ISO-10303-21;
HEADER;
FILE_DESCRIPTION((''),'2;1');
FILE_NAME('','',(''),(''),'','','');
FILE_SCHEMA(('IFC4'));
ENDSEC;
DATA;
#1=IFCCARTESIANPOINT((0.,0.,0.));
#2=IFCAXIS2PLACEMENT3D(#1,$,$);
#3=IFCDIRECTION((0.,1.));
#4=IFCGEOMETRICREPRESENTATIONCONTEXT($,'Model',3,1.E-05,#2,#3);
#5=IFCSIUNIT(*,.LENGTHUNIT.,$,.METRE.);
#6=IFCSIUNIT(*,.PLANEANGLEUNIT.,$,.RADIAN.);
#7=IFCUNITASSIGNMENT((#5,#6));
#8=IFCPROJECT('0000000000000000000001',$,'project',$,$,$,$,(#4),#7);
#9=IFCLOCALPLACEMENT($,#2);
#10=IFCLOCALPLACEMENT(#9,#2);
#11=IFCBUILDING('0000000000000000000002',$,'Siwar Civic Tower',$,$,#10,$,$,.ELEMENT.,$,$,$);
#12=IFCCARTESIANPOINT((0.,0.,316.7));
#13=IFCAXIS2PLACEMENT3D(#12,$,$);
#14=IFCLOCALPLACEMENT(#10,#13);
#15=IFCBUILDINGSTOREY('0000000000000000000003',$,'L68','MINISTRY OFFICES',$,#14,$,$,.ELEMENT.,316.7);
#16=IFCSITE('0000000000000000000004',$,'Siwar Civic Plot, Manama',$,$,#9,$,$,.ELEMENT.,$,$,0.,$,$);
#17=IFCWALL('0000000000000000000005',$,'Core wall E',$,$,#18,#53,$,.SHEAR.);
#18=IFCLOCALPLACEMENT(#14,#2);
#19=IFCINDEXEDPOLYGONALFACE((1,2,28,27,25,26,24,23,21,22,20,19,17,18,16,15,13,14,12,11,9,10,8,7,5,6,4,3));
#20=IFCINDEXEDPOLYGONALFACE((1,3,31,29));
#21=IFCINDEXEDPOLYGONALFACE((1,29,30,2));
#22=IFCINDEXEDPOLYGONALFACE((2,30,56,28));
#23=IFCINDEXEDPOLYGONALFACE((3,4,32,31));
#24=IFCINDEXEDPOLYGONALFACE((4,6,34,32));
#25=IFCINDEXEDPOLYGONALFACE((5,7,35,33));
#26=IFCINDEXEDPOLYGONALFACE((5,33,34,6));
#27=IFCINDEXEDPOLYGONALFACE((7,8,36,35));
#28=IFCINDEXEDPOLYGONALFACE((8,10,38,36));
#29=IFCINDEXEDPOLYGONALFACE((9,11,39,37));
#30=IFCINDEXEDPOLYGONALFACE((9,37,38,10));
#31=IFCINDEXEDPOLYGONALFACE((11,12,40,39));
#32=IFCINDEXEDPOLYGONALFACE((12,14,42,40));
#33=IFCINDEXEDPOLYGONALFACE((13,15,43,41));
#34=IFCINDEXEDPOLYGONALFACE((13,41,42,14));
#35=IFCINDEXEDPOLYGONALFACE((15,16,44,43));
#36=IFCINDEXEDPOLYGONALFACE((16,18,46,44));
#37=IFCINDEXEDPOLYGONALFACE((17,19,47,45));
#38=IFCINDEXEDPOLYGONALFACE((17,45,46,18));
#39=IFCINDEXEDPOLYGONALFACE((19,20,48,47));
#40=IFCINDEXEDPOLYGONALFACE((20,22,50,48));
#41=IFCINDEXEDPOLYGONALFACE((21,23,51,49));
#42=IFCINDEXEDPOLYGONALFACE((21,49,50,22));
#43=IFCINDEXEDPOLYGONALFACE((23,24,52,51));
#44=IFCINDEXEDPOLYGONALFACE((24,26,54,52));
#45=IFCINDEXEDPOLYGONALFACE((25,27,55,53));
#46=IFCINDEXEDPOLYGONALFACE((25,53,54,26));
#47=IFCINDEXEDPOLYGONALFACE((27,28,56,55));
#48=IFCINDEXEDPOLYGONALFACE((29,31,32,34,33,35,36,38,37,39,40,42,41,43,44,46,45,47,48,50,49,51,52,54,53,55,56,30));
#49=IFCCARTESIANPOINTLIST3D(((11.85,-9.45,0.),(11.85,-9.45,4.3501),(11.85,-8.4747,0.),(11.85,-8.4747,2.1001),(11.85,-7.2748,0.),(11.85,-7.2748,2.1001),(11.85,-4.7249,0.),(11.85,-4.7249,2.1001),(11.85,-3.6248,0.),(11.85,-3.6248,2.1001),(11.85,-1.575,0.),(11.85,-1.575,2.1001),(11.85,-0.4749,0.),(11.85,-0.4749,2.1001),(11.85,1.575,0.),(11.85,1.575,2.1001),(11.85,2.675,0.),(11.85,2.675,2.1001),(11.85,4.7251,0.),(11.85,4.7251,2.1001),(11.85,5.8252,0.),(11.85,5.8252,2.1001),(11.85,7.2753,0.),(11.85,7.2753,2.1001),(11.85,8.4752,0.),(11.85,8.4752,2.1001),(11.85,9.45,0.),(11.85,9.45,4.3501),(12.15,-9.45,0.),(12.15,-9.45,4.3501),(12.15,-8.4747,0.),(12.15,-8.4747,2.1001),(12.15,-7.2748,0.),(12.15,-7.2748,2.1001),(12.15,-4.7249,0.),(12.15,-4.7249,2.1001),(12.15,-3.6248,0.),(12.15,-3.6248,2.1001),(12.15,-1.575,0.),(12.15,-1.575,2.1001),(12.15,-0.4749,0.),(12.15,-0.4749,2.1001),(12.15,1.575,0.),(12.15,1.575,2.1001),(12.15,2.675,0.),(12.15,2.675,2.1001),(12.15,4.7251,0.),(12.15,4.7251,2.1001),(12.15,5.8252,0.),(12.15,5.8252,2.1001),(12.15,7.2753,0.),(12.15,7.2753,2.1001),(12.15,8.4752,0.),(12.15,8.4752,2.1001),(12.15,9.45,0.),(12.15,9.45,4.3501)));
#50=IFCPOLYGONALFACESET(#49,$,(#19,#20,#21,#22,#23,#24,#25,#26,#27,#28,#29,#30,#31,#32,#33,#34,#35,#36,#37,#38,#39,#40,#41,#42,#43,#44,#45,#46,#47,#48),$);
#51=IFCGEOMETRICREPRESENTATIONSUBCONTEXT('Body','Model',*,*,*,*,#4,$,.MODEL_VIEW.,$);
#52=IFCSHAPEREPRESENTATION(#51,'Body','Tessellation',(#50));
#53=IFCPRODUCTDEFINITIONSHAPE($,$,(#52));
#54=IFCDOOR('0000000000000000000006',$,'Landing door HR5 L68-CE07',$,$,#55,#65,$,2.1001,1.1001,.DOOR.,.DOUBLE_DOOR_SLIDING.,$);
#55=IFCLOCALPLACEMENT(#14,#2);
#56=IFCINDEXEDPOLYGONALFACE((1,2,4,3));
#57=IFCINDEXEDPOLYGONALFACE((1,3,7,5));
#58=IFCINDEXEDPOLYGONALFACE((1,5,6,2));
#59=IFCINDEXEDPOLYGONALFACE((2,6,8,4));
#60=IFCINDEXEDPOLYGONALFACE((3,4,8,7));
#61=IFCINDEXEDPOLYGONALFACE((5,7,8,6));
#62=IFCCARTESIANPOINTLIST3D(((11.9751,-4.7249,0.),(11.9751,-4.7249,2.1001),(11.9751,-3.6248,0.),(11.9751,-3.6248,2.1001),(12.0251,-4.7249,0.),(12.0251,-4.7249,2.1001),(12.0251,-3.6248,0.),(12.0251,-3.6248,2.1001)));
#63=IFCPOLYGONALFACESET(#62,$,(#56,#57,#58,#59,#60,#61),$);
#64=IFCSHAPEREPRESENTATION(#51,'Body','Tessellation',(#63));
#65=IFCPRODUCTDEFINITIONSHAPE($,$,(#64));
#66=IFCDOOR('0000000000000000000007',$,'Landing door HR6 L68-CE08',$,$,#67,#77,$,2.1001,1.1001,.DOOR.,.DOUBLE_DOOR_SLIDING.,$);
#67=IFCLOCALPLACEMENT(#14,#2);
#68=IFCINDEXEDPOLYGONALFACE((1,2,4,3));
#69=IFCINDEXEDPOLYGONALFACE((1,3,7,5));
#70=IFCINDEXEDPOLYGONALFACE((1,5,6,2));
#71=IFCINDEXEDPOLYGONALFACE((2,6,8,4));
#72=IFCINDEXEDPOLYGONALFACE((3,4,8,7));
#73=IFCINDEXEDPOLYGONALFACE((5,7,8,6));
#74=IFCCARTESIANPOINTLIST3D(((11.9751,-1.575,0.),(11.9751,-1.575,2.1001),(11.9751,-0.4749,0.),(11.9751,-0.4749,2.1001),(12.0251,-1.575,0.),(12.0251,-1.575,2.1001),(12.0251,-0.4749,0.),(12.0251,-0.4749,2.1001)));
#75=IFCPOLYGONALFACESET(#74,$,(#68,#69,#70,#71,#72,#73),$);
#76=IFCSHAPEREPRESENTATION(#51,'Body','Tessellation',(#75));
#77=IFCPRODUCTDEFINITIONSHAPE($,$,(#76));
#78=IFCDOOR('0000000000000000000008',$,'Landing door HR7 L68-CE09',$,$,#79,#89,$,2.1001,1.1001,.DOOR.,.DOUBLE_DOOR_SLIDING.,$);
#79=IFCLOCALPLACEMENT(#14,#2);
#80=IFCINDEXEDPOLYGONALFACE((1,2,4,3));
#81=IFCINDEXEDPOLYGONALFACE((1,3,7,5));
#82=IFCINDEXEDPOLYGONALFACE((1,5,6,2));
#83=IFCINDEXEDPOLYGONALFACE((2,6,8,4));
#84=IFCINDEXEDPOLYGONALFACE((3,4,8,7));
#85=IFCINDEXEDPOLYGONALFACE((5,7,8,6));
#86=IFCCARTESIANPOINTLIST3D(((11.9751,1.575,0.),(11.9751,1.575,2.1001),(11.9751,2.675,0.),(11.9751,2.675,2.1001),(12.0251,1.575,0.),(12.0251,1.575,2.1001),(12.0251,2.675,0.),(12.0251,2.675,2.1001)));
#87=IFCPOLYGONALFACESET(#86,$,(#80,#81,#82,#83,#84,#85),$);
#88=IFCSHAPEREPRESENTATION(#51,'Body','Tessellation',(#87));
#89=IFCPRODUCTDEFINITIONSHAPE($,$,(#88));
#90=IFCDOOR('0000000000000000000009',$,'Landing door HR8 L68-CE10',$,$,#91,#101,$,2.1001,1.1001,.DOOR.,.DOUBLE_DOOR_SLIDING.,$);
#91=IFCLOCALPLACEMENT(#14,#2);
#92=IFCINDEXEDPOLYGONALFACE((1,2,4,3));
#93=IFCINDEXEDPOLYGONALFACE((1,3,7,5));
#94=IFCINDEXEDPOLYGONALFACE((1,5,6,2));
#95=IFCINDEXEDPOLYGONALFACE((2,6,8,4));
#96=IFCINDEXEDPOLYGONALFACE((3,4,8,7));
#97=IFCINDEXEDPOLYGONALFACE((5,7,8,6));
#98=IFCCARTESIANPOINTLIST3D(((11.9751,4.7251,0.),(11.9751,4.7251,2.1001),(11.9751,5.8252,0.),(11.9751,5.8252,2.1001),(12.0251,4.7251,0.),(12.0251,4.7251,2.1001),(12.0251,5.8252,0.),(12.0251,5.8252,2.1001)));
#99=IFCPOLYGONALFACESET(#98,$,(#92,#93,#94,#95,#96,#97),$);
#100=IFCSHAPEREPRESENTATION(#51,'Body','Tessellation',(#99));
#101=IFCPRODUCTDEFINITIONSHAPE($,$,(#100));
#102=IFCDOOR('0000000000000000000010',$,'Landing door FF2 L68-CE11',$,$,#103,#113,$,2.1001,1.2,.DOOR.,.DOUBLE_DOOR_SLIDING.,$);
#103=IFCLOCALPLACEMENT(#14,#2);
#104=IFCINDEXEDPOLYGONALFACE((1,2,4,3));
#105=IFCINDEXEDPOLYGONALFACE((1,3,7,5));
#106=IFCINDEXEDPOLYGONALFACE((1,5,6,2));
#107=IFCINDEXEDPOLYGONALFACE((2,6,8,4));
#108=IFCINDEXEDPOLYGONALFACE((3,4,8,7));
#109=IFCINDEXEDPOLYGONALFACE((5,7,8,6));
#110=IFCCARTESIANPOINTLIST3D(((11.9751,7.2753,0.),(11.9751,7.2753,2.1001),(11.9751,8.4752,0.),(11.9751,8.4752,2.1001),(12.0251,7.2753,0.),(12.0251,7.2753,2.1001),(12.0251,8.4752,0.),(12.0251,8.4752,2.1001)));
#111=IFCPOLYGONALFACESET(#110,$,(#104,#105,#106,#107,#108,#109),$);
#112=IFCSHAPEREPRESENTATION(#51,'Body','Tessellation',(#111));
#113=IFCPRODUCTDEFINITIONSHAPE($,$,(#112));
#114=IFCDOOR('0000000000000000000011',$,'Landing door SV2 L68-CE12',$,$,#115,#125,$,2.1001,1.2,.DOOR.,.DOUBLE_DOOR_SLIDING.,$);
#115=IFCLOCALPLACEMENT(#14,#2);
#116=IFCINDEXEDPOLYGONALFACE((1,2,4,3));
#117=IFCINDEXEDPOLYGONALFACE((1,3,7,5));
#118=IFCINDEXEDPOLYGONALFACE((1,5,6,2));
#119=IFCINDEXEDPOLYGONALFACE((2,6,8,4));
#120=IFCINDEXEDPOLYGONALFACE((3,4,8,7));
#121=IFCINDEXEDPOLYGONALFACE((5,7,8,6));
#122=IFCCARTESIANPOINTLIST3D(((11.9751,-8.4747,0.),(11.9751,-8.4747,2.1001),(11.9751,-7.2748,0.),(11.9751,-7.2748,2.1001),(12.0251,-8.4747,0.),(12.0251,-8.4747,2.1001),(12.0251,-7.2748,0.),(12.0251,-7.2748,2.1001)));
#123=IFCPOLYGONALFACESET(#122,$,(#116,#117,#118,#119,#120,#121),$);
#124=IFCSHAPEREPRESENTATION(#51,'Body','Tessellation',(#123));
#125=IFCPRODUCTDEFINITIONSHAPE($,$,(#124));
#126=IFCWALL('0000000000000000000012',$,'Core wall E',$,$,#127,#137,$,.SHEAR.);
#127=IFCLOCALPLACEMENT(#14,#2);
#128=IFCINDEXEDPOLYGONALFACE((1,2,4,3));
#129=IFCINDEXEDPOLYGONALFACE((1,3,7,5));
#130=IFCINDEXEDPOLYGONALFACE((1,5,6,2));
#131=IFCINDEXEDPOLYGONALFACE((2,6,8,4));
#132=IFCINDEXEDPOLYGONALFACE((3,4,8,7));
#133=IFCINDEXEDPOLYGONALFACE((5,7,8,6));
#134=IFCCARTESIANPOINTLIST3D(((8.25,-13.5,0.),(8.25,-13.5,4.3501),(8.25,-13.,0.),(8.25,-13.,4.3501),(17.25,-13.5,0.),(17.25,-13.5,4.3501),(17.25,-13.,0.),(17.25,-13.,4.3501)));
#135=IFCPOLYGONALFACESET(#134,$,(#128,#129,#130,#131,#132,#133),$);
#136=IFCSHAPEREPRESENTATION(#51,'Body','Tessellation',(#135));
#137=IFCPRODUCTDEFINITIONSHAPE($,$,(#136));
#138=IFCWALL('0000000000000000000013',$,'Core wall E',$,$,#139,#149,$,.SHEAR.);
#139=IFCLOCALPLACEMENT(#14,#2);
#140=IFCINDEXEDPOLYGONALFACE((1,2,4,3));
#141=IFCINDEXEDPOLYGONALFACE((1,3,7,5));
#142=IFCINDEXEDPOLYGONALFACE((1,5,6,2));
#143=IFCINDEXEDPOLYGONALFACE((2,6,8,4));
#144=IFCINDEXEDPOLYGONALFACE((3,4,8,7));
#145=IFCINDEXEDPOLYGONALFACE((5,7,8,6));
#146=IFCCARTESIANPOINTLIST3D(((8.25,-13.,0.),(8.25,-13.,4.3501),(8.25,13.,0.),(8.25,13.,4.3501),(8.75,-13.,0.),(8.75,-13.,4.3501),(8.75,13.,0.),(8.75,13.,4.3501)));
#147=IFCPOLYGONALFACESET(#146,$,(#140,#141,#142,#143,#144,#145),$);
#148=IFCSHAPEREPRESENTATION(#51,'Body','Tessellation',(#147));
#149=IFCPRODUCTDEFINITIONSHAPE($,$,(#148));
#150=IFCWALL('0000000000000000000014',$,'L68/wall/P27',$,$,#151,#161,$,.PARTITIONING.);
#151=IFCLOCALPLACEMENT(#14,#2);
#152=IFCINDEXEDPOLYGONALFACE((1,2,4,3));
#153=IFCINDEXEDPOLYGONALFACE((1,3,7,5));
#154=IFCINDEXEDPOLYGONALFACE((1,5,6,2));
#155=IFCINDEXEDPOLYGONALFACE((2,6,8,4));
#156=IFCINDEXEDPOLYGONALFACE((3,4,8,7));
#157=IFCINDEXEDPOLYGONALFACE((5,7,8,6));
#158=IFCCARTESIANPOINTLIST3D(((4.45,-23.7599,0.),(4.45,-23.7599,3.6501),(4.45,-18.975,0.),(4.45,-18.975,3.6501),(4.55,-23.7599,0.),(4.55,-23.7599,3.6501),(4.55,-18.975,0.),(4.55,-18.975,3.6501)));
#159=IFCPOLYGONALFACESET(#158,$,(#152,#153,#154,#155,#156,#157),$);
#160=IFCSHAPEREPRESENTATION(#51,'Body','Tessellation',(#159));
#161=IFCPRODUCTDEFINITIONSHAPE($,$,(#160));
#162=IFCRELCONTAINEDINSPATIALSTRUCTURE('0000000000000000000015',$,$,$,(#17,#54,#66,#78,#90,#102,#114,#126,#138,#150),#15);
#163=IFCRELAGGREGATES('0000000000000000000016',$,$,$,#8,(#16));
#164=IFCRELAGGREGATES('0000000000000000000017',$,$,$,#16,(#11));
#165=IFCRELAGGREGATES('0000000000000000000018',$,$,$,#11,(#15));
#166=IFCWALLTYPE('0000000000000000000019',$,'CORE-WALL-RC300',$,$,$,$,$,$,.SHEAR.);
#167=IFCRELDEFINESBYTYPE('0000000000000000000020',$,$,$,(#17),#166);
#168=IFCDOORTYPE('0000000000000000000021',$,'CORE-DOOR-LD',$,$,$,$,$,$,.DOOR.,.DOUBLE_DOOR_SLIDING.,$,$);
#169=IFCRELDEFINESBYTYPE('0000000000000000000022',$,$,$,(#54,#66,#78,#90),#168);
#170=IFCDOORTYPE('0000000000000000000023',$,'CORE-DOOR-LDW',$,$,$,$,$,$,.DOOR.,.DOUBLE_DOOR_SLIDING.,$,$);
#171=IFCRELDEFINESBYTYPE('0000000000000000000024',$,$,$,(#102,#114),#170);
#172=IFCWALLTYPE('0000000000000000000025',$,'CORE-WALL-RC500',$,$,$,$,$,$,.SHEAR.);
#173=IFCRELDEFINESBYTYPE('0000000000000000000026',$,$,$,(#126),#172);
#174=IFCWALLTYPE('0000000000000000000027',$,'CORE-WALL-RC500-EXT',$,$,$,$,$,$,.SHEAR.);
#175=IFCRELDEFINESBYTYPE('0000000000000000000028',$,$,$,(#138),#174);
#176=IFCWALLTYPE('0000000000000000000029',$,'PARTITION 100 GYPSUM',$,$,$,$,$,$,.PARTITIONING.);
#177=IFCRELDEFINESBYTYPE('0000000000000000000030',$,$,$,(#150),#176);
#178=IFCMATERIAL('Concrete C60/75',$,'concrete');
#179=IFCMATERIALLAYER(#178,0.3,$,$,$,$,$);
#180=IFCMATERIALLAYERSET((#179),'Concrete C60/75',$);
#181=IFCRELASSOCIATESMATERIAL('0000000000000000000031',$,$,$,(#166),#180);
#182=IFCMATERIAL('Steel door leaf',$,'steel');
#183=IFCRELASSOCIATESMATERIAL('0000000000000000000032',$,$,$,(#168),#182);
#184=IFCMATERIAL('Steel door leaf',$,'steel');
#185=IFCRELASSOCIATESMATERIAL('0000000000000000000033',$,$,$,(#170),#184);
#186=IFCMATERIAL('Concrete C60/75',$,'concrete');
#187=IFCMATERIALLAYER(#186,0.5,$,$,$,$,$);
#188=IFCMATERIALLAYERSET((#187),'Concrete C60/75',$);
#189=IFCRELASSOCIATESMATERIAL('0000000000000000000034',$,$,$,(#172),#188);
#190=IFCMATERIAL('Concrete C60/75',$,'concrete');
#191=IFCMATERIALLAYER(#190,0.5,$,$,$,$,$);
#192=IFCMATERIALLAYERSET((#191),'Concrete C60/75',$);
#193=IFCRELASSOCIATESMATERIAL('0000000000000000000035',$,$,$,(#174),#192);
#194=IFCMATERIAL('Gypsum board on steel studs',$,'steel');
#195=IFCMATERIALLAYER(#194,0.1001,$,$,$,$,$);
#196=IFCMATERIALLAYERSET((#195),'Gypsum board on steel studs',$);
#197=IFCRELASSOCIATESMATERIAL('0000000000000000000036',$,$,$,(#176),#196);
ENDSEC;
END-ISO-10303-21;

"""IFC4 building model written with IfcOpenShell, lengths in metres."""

from ifc_helpers import new_model, si_unit, direction, frame, frame_2d, origin, place, context, subcontext, project, spatial, rectangle, extrude, material, layer, layer_set, type_object, element, fill, save


model = new_model("IFC4")

# Units and contexts
model_context = context("Model", 3, precision=1e-05, world=origin(), true_north=direction((0.0, 1.0)))
body_context = subcontext(model_context, "Body", "Model", "MODEL_VIEW")
ifc_project = project(units=[si_unit("LENGTHUNIT", "METRE"), si_unit("PLANEANGLEUNIT", "RADIAN")], contexts=[model_context])

# Site, building, storey
site_placement = place(None, origin())
site = spatial("IfcSite", under=ifc_project, at=site_placement, Name="Siwar Civic Plot, Manama", CompositionType="ELEMENT", RefElevation=0.0)
building_placement = place(site_placement, origin())
building = spatial("IfcBuilding", under=site, at=building_placement, Name="Siwar Civic Tower", CompositionType="ELEMENT")
storey_placement = place(building_placement, frame((0.0, 0.0, 316.7)))
storey = spatial("IfcBuildingStorey", under=building, at=storey_placement, Name="L68", Description="MINISTRY OFFICES", CompositionType="ELEMENT", Elevation=316.7)

# Wall, openings, doors
ifc_material_1 = material(Name="Concrete C60/75", Category="concrete")
ifc_layer_1 = layer(ifc_material_1, 0.3)
ifc_layer_set_1 = layer_set([ifc_layer_1], Name="Concrete C60/75")
wall_type_1 = type_object("IfcWallType", Name="CORE-WALL-RC300", PredefinedType="SHEAR", material=ifc_layer_set_1)
wall_1_placement = place(storey_placement, frame((12.0, -9.45, 0.0), z_axis=(0.0, 0.0, 1.0), x_axis=(0.0, 1.0, 0.0)))
wall_1 = element("IfcWall", 1, at=wall_1_placement, inside=storey, type_object=wall_type_1, Name="Core wall E", PredefinedType="SHEAR", context=body_context, shape_type="SweptSolid", body=[
    extrude(rectangle(XDim=18.8999, YDim=0.3, at=frame_2d((9.45, 0.0))), origin(), (0.0, 0.0, 1.0), 4.3501),
])
opening_1_placement = place(wall_1_placement, frame((4.7251, 0.0, 0.0)))
opening_1 = element("IfcOpeningElement", 2, at=opening_1_placement, cuts=wall_1, PredefinedType="OPENING", context=body_context, shape_type="SweptSolid", body=[
    extrude(rectangle(XDim=1.1001, YDim=2.1001, at=frame_2d((0.55, 1.05))), frame((0.0, 0.1602, 0.0), z_axis=(0.0, -1.0, 0.0), x_axis=(1.0, 0.0, 0.0)), (0.0, 0.0, 1.0), 0.3201),
])
opening_2_placement = place(wall_1_placement, frame((7.875, 0.0, 0.0)))
opening_2 = element("IfcOpeningElement", 3, at=opening_2_placement, cuts=wall_1, PredefinedType="OPENING", context=body_context, shape_type="SweptSolid", body=[
    extrude(rectangle(XDim=1.1001, YDim=2.1001, at=frame_2d((0.55, 1.05))), frame((0.0, 0.1602, 0.0), z_axis=(0.0, -1.0, 0.0), x_axis=(1.0, 0.0, 0.0)), (0.0, 0.0, 1.0), 0.3201),
])
opening_3_placement = place(wall_1_placement, frame((11.0249, 0.0, 0.0)))
opening_3 = element("IfcOpeningElement", 4, at=opening_3_placement, cuts=wall_1, PredefinedType="OPENING", context=body_context, shape_type="SweptSolid", body=[
    extrude(rectangle(XDim=1.1001, YDim=2.1001, at=frame_2d((0.55, 1.05))), frame((0.0, 0.1602, 0.0), z_axis=(0.0, -1.0, 0.0), x_axis=(1.0, 0.0, 0.0)), (0.0, 0.0, 1.0), 0.3201),
])
opening_4_placement = place(wall_1_placement, frame((14.175, 0.0, 0.0)))
opening_4 = element("IfcOpeningElement", 5, at=opening_4_placement, cuts=wall_1, PredefinedType="OPENING", context=body_context, shape_type="SweptSolid", body=[
    extrude(rectangle(XDim=1.1001, YDim=2.1001, at=frame_2d((0.55, 1.05))), frame((0.0, 0.1602, 0.0), z_axis=(0.0, -1.0, 0.0), x_axis=(1.0, 0.0, 0.0)), (0.0, 0.0, 1.0), 0.3201),
])
opening_5_placement = place(wall_1_placement, frame((16.7251, 0.0, 0.0)))
opening_5 = element("IfcOpeningElement", 6, at=opening_5_placement, cuts=wall_1, PredefinedType="OPENING", context=body_context, shape_type="SweptSolid", body=[
    extrude(rectangle(XDim=1.2, YDim=2.1001, at=frame_2d((0.6001, 1.05))), frame((0.0, 0.1602, 0.0), z_axis=(0.0, -1.0, 0.0), x_axis=(1.0, 0.0, 0.0)), (0.0, 0.0, 1.0), 0.3201),
])
opening_6_placement = place(wall_1_placement, frame((0.9751, 0.0, 0.0)))
opening_6 = element("IfcOpeningElement", 7, at=opening_6_placement, cuts=wall_1, PredefinedType="OPENING", context=body_context, shape_type="SweptSolid", body=[
    extrude(rectangle(XDim=1.2, YDim=2.1001, at=frame_2d((0.6001, 1.05))), frame((0.0, 0.1602, 0.0), z_axis=(0.0, -1.0, 0.0), x_axis=(1.0, 0.0, 0.0)), (0.0, 0.0, 1.0), 0.3201),
])
ifc_material_2 = material(Name="Steel door leaf", Category="steel")
door_type_1 = type_object("IfcDoorType", Name="CORE-DOOR-LD", OperationType="DOUBLE_DOOR_SLIDING", PredefinedType="DOOR", material=ifc_material_2)
door_1_placement = place(opening_1_placement, origin())
door_1 = element("IfcDoor", 8, at=door_1_placement, inside=storey, type_object=door_type_1, Name="Landing door HR5 L68-CE07", OperationType="DOUBLE_DOOR_SLIDING", OverallHeight=2.1001, OverallWidth=1.1001, PredefinedType="DOOR", context=body_context, shape_type="SweptSolid", body=[
    extrude(rectangle(XDim=1.1001, YDim=2.1001, at=frame_2d((0.55, 1.05))), frame((0.0, 0.0249, 0.0), z_axis=(0.0, -1.0, 0.0), x_axis=(1.0, 0.0, 0.0)), (0.0, 0.0, 1.0), 0.05),
])
fill(opening_1, door_1)
door_2_placement = place(opening_2_placement, origin())
door_2 = element("IfcDoor", 9, at=door_2_placement, inside=storey, type_object=door_type_1, Name="Landing door HR6 L68-CE08", OperationType="DOUBLE_DOOR_SLIDING", OverallHeight=2.1001, OverallWidth=1.1001, PredefinedType="DOOR", context=body_context, shape_type="SweptSolid", body=[
    extrude(rectangle(XDim=1.1001, YDim=2.1001, at=frame_2d((0.55, 1.05))), frame((0.0, 0.0249, 0.0), z_axis=(0.0, -1.0, 0.0), x_axis=(1.0, 0.0, 0.0)), (0.0, 0.0, 1.0), 0.05),
])
fill(opening_2, door_2)
door_3_placement = place(opening_3_placement, origin())
door_3 = element("IfcDoor", 10, at=door_3_placement, inside=storey, type_object=door_type_1, Name="Landing door HR7 L68-CE09", OperationType="DOUBLE_DOOR_SLIDING", OverallHeight=2.1001, OverallWidth=1.1001, PredefinedType="DOOR", context=body_context, shape_type="SweptSolid", body=[
    extrude(rectangle(XDim=1.1001, YDim=2.1001, at=frame_2d((0.55, 1.05))), frame((0.0, 0.0249, 0.0), z_axis=(0.0, -1.0, 0.0), x_axis=(1.0, 0.0, 0.0)), (0.0, 0.0, 1.0), 0.05),
])
fill(opening_3, door_3)
door_4_placement = place(opening_4_placement, origin())
door_4 = element("IfcDoor", 11, at=door_4_placement, inside=storey, type_object=door_type_1, Name="Landing door HR8 L68-CE10", OperationType="DOUBLE_DOOR_SLIDING", OverallHeight=2.1001, OverallWidth=1.1001, PredefinedType="DOOR", context=body_context, shape_type="SweptSolid", body=[
    extrude(rectangle(XDim=1.1001, YDim=2.1001, at=frame_2d((0.55, 1.05))), frame((0.0, 0.0249, 0.0), z_axis=(0.0, -1.0, 0.0), x_axis=(1.0, 0.0, 0.0)), (0.0, 0.0, 1.0), 0.05),
])
fill(opening_4, door_4)
ifc_material_3 = material(Name="Steel door leaf", Category="steel")
door_type_2 = type_object("IfcDoorType", Name="CORE-DOOR-LDW", OperationType="DOUBLE_DOOR_SLIDING", PredefinedType="DOOR", material=ifc_material_3)
door_5_placement = place(opening_5_placement, origin())
door_5 = element("IfcDoor", 12, at=door_5_placement, inside=storey, type_object=door_type_2, Name="Landing door FF2 L68-CE11", OperationType="DOUBLE_DOOR_SLIDING", OverallHeight=2.1001, OverallWidth=1.2, PredefinedType="DOOR", context=body_context, shape_type="SweptSolid", body=[
    extrude(rectangle(XDim=1.2, YDim=2.1001, at=frame_2d((0.6001, 1.05))), frame((0.0, 0.0249, 0.0), z_axis=(0.0, -1.0, 0.0), x_axis=(1.0, 0.0, 0.0)), (0.0, 0.0, 1.0), 0.05),
])
fill(opening_5, door_5)
door_6_placement = place(opening_6_placement, origin())
door_6 = element("IfcDoor", 13, at=door_6_placement, inside=storey, type_object=door_type_2, Name="Landing door SV2 L68-CE12", OperationType="DOUBLE_DOOR_SLIDING", OverallHeight=2.1001, OverallWidth=1.2, PredefinedType="DOOR", context=body_context, shape_type="SweptSolid", body=[
    extrude(rectangle(XDim=1.2, YDim=2.1001, at=frame_2d((0.6001, 1.05))), frame((0.0, 0.0249, 0.0), z_axis=(0.0, -1.0, 0.0), x_axis=(1.0, 0.0, 0.0)), (0.0, 0.0, 1.0), 0.05),
])
fill(opening_6, door_6)

# Walls
ifc_material_4 = material(Name="Concrete C60/75", Category="concrete")
ifc_layer_2 = layer(ifc_material_4, 0.5)
ifc_layer_set_2 = layer_set([ifc_layer_2], Name="Concrete C60/75")
wall_type_2 = type_object("IfcWallType", Name="CORE-WALL-RC500", PredefinedType="SHEAR", material=ifc_layer_set_2)
wall_2_placement = place(storey_placement, frame((8.25, -13.25, 0.0), z_axis=(0.0, 0.0, 1.0), x_axis=(1.0, 0.0, 0.0)))
element("IfcWall", 14, at=wall_2_placement, inside=storey, type_object=wall_type_2, Name="Core wall E", PredefinedType="SHEAR", context=body_context, shape_type="SweptSolid", body=[
    extrude(rectangle(XDim=9.0, YDim=0.5, at=frame_2d((4.5, 0.0))), origin(), (0.0, 0.0, 1.0), 4.3501),
])
ifc_material_5 = material(Name="Concrete C60/75", Category="concrete")
ifc_layer_3 = layer(ifc_material_5, 0.5)
ifc_layer_set_3 = layer_set([ifc_layer_3], Name="Concrete C60/75")
wall_type_3 = type_object("IfcWallType", Name="CORE-WALL-RC500-EXT", PredefinedType="SHEAR", material=ifc_layer_set_3)
wall_3_placement = place(storey_placement, frame((8.5, -13.0, 0.0), z_axis=(0.0, 0.0, 1.0), x_axis=(0.0, 1.0, 0.0)))
element("IfcWall", 15, at=wall_3_placement, inside=storey, type_object=wall_type_3, Name="Core wall E", PredefinedType="SHEAR", context=body_context, shape_type="SweptSolid", body=[
    extrude(rectangle(XDim=26.0, YDim=0.5, at=frame_2d((13.0, 0.0))), origin(), (0.0, 0.0, 1.0), 4.3501),
])
ifc_material_6 = material(Name="Gypsum board on steel studs", Category="steel")
ifc_layer_4 = layer(ifc_material_6, 0.1001)
ifc_layer_set_4 = layer_set([ifc_layer_4], Name="Gypsum board on steel studs")
wall_type_4 = type_object("IfcWallType", Name="PARTITION 100 GYPSUM", PredefinedType="PARTITIONING", material=ifc_layer_set_4)
wall_4_placement = place(storey_placement, frame((4.5, -23.76, 0.0), z_axis=(0.0, 0.0, 1.0), x_axis=(0.0, 1.0, 0.0)))
element("IfcWall", 16, at=wall_4_placement, inside=storey, type_object=wall_type_4, Name="L68/wall/P27", PredefinedType="PARTITIONING", context=body_context, shape_type="SweptSolid", body=[
    extrude(rectangle(XDim=4.7849, YDim=0.1001, at=frame_2d((2.3926, 0.0))), origin(), (0.0, 0.0, 1.0), 3.6501),
])

save(model, "model.ifc")
